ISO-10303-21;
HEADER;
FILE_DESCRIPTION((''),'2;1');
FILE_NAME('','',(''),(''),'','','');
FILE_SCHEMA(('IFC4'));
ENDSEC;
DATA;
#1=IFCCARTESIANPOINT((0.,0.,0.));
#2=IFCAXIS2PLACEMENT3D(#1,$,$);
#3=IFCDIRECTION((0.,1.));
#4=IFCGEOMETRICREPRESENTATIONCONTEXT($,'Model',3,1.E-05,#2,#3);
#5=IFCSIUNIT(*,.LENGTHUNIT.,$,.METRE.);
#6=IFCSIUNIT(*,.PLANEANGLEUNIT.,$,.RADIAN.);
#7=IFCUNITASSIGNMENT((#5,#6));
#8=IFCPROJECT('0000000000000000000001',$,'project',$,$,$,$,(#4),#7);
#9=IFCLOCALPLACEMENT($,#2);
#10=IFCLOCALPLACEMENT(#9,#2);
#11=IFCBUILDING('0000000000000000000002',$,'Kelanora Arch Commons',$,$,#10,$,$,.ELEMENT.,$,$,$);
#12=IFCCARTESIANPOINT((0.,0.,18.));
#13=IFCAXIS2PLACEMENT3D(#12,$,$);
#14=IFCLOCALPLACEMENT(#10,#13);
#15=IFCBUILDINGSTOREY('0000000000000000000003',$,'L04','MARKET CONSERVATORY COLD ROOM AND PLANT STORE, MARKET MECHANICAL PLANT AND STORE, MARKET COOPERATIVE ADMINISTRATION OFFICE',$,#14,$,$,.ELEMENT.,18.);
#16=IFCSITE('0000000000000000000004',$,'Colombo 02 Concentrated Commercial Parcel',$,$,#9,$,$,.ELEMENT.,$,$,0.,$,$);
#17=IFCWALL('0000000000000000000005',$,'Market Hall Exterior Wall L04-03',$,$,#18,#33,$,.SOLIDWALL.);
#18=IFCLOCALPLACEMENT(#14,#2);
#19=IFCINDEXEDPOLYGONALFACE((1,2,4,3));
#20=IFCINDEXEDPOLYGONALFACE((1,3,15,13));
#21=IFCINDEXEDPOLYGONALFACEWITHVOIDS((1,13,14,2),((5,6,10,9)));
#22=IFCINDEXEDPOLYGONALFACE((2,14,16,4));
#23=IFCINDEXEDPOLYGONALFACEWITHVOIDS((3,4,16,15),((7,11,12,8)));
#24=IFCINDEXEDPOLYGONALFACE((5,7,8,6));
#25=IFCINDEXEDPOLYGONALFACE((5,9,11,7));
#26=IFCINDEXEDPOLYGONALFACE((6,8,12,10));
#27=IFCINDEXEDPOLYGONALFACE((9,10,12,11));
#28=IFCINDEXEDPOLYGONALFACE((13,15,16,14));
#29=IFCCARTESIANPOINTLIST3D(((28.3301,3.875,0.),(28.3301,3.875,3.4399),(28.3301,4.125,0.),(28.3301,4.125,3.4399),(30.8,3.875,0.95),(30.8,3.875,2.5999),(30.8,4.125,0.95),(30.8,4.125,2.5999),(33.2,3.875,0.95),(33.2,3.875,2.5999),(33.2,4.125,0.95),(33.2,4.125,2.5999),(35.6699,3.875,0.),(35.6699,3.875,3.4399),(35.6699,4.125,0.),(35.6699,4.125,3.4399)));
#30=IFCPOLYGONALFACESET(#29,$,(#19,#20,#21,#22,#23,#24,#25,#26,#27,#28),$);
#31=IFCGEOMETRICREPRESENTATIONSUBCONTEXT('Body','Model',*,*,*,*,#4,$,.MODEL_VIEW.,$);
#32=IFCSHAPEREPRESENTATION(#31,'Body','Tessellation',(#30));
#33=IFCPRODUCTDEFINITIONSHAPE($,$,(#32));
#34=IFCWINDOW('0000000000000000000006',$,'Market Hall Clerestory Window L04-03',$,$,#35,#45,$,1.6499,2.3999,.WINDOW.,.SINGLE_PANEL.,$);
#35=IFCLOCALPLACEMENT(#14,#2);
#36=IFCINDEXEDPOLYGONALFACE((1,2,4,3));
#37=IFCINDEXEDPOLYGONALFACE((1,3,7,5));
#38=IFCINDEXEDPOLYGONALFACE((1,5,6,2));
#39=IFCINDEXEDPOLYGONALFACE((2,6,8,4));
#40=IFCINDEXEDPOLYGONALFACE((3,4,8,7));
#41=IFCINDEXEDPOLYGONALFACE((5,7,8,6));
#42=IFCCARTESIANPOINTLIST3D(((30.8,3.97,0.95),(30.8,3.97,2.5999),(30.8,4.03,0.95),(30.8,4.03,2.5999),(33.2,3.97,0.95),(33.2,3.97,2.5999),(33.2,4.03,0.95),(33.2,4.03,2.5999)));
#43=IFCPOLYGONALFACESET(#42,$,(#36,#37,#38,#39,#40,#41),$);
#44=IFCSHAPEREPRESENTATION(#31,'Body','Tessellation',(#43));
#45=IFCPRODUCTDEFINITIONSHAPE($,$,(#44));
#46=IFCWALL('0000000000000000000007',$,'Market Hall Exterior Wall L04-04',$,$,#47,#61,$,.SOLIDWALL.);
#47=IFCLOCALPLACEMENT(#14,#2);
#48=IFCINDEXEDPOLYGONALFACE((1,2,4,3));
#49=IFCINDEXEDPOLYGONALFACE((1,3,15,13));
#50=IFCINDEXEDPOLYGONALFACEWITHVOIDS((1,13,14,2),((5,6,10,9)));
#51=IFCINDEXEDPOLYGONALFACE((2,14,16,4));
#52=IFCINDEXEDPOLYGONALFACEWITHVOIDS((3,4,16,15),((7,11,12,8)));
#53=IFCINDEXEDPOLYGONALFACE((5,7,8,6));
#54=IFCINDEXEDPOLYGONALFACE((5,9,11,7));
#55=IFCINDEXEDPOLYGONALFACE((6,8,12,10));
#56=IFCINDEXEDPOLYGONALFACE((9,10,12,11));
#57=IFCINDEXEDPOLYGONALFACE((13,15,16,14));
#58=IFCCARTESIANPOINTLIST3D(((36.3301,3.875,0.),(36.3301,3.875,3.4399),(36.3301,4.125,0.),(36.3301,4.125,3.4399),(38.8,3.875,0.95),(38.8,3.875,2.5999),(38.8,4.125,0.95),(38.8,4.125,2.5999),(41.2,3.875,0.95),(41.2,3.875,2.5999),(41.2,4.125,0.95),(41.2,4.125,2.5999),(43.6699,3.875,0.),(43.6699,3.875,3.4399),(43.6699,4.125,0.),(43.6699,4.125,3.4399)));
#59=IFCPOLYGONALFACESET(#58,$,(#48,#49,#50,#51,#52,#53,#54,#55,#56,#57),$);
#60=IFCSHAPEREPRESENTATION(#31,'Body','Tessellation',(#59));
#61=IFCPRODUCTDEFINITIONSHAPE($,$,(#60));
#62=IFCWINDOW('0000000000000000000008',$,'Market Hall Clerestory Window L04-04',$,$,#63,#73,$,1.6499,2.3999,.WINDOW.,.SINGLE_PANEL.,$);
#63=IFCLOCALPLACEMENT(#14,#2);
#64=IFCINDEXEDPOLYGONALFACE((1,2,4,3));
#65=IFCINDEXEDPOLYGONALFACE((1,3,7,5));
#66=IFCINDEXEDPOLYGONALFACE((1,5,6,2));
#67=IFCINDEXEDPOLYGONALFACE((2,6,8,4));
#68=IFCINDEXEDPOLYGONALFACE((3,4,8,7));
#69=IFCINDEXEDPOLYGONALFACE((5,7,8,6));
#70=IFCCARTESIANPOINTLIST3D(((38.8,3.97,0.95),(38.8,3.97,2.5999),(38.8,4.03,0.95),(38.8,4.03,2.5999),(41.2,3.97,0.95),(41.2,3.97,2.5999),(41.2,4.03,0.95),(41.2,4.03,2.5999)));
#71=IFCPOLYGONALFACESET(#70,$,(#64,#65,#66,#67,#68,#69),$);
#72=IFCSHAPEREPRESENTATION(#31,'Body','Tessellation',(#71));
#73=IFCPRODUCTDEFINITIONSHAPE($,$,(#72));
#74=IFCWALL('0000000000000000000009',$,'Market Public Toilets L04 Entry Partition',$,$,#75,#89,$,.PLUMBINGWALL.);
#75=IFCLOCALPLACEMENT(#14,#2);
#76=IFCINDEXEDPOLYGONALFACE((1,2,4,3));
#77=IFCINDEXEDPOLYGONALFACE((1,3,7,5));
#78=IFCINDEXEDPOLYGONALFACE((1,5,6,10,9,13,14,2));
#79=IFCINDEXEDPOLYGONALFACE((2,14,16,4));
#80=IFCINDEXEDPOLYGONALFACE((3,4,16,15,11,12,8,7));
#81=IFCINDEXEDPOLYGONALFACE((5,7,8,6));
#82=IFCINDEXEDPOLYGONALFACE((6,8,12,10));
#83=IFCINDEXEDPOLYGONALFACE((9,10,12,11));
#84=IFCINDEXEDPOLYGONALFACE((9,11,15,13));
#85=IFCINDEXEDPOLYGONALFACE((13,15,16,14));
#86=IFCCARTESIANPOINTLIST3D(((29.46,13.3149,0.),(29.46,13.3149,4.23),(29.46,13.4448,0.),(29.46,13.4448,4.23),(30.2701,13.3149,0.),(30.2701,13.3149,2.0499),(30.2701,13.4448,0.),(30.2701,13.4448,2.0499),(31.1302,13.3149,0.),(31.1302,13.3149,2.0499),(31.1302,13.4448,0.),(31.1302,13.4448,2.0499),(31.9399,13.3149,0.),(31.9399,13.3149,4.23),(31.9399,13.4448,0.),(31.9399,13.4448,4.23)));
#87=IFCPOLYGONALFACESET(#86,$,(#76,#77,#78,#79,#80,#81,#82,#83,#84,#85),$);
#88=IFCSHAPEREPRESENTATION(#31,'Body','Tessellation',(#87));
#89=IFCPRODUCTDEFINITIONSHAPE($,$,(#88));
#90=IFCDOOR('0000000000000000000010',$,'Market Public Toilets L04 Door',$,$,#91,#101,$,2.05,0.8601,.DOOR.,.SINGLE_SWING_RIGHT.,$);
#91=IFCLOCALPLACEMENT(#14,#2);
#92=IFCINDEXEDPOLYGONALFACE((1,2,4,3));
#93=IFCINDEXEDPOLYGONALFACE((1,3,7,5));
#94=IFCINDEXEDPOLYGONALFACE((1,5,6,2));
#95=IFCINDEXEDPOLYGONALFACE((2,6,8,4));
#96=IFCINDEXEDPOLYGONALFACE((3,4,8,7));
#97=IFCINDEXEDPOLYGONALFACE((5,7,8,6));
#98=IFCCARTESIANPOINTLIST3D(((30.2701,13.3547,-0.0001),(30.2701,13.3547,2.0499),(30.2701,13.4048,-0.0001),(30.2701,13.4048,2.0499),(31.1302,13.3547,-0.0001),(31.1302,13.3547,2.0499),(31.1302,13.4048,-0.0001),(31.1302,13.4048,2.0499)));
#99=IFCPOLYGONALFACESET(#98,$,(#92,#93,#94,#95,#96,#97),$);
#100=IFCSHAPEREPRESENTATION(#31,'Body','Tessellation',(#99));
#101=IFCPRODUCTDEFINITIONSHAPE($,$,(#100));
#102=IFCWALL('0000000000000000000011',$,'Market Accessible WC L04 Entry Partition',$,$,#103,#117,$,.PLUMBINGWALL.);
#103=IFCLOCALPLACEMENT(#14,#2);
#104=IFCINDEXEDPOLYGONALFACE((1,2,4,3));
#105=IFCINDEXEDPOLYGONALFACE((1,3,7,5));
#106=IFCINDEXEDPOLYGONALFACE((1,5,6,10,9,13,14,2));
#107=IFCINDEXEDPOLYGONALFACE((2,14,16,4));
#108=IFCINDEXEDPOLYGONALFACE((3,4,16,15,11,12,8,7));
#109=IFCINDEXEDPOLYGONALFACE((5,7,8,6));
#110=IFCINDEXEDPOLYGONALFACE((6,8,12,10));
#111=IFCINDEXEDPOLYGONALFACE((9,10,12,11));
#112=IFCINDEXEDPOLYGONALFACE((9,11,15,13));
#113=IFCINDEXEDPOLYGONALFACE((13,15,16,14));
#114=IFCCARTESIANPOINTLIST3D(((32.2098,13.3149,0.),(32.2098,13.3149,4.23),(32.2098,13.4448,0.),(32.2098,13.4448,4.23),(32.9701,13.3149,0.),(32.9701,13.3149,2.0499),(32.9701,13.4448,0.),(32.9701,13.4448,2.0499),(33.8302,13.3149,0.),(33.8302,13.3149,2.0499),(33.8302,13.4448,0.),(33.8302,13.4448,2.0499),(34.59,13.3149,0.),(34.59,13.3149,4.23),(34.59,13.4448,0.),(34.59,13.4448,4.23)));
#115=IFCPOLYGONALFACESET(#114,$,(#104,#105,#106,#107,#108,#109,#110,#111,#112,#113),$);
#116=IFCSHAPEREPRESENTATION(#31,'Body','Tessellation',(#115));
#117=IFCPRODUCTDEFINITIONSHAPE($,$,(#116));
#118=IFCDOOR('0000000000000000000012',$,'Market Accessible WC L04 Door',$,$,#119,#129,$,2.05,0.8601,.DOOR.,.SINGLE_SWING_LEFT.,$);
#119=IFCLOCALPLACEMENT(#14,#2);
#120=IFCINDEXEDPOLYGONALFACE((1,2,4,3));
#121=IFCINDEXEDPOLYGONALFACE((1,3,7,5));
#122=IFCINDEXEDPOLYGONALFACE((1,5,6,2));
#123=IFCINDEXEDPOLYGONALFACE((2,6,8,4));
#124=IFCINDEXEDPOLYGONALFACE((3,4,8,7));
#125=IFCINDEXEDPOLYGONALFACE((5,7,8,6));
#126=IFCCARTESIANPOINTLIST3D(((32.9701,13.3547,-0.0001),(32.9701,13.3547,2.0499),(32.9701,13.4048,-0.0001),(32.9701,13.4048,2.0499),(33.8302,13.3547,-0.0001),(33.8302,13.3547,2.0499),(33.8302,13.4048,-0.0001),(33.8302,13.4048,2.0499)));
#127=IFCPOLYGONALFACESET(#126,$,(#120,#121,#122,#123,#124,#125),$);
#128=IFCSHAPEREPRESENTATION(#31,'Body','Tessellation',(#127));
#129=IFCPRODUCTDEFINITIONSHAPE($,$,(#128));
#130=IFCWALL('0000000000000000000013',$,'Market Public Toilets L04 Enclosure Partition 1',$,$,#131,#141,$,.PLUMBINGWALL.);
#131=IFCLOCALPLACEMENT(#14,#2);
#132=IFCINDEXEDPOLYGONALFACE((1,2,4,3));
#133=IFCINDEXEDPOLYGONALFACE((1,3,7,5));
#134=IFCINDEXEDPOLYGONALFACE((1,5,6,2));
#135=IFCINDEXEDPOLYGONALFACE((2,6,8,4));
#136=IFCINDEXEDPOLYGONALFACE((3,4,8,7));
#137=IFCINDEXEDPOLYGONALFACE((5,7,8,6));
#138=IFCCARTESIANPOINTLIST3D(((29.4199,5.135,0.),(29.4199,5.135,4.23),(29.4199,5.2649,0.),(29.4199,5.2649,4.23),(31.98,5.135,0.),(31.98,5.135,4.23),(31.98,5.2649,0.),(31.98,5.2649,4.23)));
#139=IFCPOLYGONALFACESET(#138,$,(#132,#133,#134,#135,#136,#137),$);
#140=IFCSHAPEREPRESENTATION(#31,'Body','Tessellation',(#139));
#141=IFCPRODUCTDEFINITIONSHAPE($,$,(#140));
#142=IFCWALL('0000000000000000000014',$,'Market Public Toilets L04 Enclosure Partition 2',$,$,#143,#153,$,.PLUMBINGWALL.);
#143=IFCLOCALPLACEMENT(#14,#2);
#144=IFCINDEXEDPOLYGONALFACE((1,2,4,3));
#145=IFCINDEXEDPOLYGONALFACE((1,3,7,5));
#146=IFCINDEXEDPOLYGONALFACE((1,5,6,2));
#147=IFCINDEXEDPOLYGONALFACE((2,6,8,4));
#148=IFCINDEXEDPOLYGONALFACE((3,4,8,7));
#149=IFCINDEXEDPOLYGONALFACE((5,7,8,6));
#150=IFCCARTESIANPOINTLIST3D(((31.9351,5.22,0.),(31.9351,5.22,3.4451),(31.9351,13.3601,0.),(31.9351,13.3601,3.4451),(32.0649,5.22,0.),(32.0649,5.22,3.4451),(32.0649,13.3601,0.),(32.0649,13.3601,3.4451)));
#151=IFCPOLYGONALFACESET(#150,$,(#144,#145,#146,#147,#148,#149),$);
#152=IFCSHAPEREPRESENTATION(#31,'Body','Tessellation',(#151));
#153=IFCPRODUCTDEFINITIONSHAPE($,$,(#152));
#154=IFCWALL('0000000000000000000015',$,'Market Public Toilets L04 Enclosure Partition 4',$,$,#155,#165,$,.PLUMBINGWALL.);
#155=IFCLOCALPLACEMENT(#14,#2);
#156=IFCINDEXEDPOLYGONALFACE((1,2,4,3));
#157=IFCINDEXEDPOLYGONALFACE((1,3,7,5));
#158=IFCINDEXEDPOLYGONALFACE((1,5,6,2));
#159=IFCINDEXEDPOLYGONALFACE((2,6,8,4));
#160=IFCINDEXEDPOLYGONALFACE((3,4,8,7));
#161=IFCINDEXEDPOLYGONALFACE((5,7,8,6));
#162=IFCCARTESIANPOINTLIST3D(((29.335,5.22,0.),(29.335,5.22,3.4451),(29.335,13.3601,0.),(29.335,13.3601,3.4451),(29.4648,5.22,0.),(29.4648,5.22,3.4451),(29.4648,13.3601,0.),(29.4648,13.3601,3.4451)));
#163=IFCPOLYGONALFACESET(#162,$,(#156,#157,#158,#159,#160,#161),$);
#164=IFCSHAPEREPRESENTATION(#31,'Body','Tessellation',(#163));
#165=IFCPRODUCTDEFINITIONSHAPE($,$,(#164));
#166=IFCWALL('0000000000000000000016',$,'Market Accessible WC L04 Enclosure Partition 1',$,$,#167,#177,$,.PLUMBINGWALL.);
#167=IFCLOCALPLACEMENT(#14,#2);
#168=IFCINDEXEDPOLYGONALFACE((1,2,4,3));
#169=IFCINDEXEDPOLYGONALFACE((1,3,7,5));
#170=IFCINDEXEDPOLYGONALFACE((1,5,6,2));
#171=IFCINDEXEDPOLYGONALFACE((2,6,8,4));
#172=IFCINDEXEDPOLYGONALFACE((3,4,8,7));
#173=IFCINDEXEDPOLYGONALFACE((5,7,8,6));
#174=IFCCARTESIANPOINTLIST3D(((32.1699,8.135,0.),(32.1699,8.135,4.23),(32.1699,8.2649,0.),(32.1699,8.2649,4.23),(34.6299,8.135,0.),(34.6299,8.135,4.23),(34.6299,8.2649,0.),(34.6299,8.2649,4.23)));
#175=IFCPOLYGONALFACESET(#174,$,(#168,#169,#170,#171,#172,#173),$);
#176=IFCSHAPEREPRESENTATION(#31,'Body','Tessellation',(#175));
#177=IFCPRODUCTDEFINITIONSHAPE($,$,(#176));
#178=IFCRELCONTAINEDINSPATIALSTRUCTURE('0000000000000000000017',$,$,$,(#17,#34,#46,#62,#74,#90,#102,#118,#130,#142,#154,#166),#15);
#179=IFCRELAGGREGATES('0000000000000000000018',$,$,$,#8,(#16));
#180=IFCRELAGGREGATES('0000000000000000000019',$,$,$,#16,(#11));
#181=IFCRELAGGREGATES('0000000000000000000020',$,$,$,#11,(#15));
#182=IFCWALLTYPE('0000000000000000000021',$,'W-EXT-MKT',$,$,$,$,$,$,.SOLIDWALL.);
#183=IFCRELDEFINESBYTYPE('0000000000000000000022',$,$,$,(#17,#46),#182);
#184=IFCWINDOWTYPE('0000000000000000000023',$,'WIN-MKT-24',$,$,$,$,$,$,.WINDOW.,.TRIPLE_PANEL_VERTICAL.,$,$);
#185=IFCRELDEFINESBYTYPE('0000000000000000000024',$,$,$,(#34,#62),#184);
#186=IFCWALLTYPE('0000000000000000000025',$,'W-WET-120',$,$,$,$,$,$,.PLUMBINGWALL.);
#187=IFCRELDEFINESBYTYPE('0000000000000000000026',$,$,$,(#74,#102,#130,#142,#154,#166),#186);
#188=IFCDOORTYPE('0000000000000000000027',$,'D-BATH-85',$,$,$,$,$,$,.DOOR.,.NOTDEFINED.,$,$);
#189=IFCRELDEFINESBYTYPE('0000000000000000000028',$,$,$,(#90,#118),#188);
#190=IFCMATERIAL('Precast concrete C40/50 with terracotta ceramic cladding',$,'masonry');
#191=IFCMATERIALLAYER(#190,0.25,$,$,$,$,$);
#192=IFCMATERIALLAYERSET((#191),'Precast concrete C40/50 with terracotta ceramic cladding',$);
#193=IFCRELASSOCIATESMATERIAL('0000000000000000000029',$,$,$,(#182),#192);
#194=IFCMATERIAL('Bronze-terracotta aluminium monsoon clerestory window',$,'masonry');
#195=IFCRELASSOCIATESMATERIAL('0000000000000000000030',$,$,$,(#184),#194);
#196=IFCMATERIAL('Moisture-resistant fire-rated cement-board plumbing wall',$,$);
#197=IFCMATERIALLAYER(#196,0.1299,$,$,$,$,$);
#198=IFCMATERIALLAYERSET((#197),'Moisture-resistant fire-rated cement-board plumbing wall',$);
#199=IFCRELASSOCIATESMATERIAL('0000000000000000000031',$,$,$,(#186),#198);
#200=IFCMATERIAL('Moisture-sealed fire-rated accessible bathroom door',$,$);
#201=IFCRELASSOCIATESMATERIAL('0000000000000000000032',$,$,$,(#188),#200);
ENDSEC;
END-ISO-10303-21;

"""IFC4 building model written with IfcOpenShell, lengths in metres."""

from ifc_helpers import new_model, si_unit, direction, frame, frame_2d, origin, place, context, subcontext, project, spatial, rectangle, extrude, material, layer, layer_set, type_object, element, fill, save


model = new_model("IFC4")

# Units and contexts
model_context = context("Model", 3, precision=1e-05, world=origin(), true_north=direction((0.0, 1.0)))
body_context = subcontext(model_context, "Body", "Model", "MODEL_VIEW")
ifc_project = project(units=[si_unit("LENGTHUNIT", "METRE"), si_unit("PLANEANGLEUNIT", "RADIAN")], contexts=[model_context])

# Site, building, storey
site_placement = place(None, origin())
site = spatial("IfcSite", under=ifc_project, at=site_placement, Name="Colombo 02 Concentrated Commercial Parcel", CompositionType="ELEMENT", RefElevation=0.0)
building_placement = place(site_placement, origin())
building = spatial("IfcBuilding", under=site, at=building_placement, Name="Kelanora Arch Commons", CompositionType="ELEMENT")
storey_placement = place(building_placement, frame((0.0, 0.0, 18.0)))
storey = spatial("IfcBuildingStorey", under=building, at=storey_placement, Name="L04", Description="MARKET CONSERVATORY COLD ROOM AND PLANT STORE, MARKET MECHANICAL PLANT AND STORE, MARKET COOPERATIVE ADMINISTRATION OFFICE", CompositionType="ELEMENT", Elevation=18.0)

# Walls, openings, windows
ifc_material_1 = material(Name="Precast concrete C40/50 with terracotta ceramic cladding", Category="masonry")
ifc_layer_1 = layer(ifc_material_1, 0.25)
ifc_layer_set_1 = layer_set([ifc_layer_1], Name="Precast concrete C40/50 with terracotta ceramic cladding")
wall_type_1 = type_object("IfcWallType", Name="W-EXT-MKT", PredefinedType="SOLIDWALL", material=ifc_layer_set_1)
wall_1_placement = place(storey_placement, frame((28.3301, 4.0, 0.0), z_axis=(0.0, 0.0, 1.0), x_axis=(1.0, 0.0, 0.0)))
wall_1 = element("IfcWall", 1, at=wall_1_placement, inside=storey, type_object=wall_type_1, Name="Market Hall Exterior Wall L04-03", PredefinedType="SOLIDWALL", context=body_context, shape_type="SweptSolid", body=[
    extrude(rectangle(XDim=7.3398, YDim=0.25, at=frame_2d((3.6699, 0.0))), origin(), (0.0, 0.0, 1.0), 3.4399),
])
opening_1_placement = place(wall_1_placement, frame((2.47, 0.0, 0.95)))
opening_1 = element("IfcOpeningElement", 2, at=opening_1_placement, cuts=wall_1, PredefinedType="OPENING", context=body_context, shape_type="SweptSolid", body=[
    extrude(rectangle(XDim=2.3999, YDim=1.6499, at=frame_2d((1.2, 0.825))), frame((0.0, 0.135, 0.0), z_axis=(0.0, -1.0, 0.0), x_axis=(1.0, 0.0, 0.0)), (0.0, 0.0, 1.0), 0.27),
])
ifc_material_2 = material(Name="Bronze-terracotta aluminium monsoon clerestory window", Category="masonry")
window_type = type_object("IfcWindowType", Name="WIN-MKT-24", PartitioningType="TRIPLE_PANEL_VERTICAL", PredefinedType="WINDOW", material=ifc_material_2)
window_1_placement = place(opening_1_placement, origin())
window_1 = element("IfcWindow", 3, at=window_1_placement, inside=storey, type_object=window_type, Name="Market Hall Clerestory Window L04-03", OverallHeight=1.6499, OverallWidth=2.3999, PartitioningType="SINGLE_PANEL", PredefinedType="WINDOW", context=body_context, shape_type="SweptSolid", body=[
    extrude(rectangle(XDim=2.3999, YDim=1.6499, at=frame_2d((1.2, 0.825))), frame((0.0, 0.03, 0.0), z_axis=(0.0, -1.0, 0.0), x_axis=(1.0, 0.0, 0.0)), (0.0, 0.0, 1.0), 0.0601),
])
fill(opening_1, window_1)
wall_2_placement = place(storey_placement, frame((36.3301, 4.0, 0.0), z_axis=(0.0, 0.0, 1.0), x_axis=(1.0, 0.0, 0.0)))
wall_2 = element("IfcWall", 4, at=wall_2_placement, inside=storey, type_object=wall_type_1, Name="Market Hall Exterior Wall L04-04", PredefinedType="SOLIDWALL", context=body_context, shape_type="SweptSolid", body=[
    extrude(rectangle(XDim=7.3398, YDim=0.25, at=frame_2d((3.6699, 0.0))), origin(), (0.0, 0.0, 1.0), 3.4399),
])
opening_2_placement = place(wall_2_placement, frame((2.47, 0.0, 0.95)))
opening_2 = element("IfcOpeningElement", 5, at=opening_2_placement, cuts=wall_2, PredefinedType="OPENING", context=body_context, shape_type="SweptSolid", body=[
    extrude(rectangle(XDim=2.3999, YDim=1.6499, at=frame_2d((1.2, 0.825))), frame((0.0, 0.135, 0.0), z_axis=(0.0, -1.0, 0.0), x_axis=(1.0, 0.0, 0.0)), (0.0, 0.0, 1.0), 0.27),
])
window_2_placement = place(opening_2_placement, origin())
window_2 = element("IfcWindow", 6, at=window_2_placement, inside=storey, type_object=window_type, Name="Market Hall Clerestory Window L04-04", OverallHeight=1.6499, OverallWidth=2.3999, PartitioningType="SINGLE_PANEL", PredefinedType="WINDOW", context=body_context, shape_type="SweptSolid", body=[
    extrude(rectangle(XDim=2.3999, YDim=1.6499, at=frame_2d((1.2, 0.825))), frame((0.0, 0.03, 0.0), z_axis=(0.0, -1.0, 0.0), x_axis=(1.0, 0.0, 0.0)), (0.0, 0.0, 1.0), 0.0601),
])
fill(opening_2, window_2)

# Walls, openings, doors
ifc_material_3 = material(Name="Moisture-resistant fire-rated cement-board plumbing wall")
ifc_layer_2 = layer(ifc_material_3, 0.1299)
ifc_layer_set_2 = layer_set([ifc_layer_2], Name="Moisture-resistant fire-rated cement-board plumbing wall")
wall_type_2 = type_object("IfcWallType", Name="W-WET-120", PredefinedType="PLUMBINGWALL", material=ifc_layer_set_2)
wall_3_placement = place(storey_placement, frame((29.46, 13.3799, 0.0), z_axis=(0.0, 0.0, 1.0), x_axis=(1.0, 0.0, 0.0)))
wall_3 = element("IfcWall", 7, at=wall_3_placement, inside=storey, type_object=wall_type_2, Name="Market Public Toilets L04 Entry Partition", PredefinedType="PLUMBINGWALL", context=body_context, shape_type="SweptSolid", body=[
    extrude(rectangle(XDim=2.48, YDim=0.1299, at=frame_2d((1.24, 0.0))), origin(), (0.0, 0.0, 1.0), 4.23),
])
opening_3_placement = place(wall_3_placement, frame((0.8101, 0.0, 0.0)))
opening_3 = element("IfcOpeningElement", 8, at=opening_3_placement, cuts=wall_3, PredefinedType="OPENING", context=body_context, shape_type="SweptSolid", body=[
    extrude(rectangle(XDim=0.8601, YDim=2.05, at=frame_2d((0.4302, 1.0249))), frame((0.0, 0.075, 0.0), z_axis=(0.0, -1.0, 0.0), x_axis=(1.0, 0.0, 0.0)), (0.0, 0.0, 1.0), 0.1499),
])
ifc_material_4 = material(Name="Moisture-sealed fire-rated accessible bathroom door")
door_type_1 = type_object("IfcDoorType", Name="D-BATH-85", OperationType="NOTDEFINED", PredefinedType="DOOR", material=ifc_material_4)
door_1_placement = place(opening_3_placement, origin())
door_1 = element("IfcDoor", 9, at=door_1_placement, inside=storey, type_object=door_type_1, Name="Market Public Toilets L04 Door", OperationType="SINGLE_SWING_RIGHT", OverallHeight=2.05, OverallWidth=0.8601, PredefinedType="DOOR", context=body_context, shape_type="SweptSolid", body=[
    extrude(rectangle(XDim=0.8601, YDim=2.05, at=frame_2d((0.4302, 1.0249))), frame((0.0, 0.0249, 0.0), z_axis=(0.0, -1.0, 0.0), x_axis=(1.0, 0.0, 0.0)), (0.0, 0.0, 1.0), 0.05),
])
fill(opening_3, door_1)
wall_4_placement = place(storey_placement, frame((32.21, 13.3799, 0.0), z_axis=(0.0, 0.0, 1.0), x_axis=(1.0, 0.0, 0.0)))
wall_4 = element("IfcWall", 10, at=wall_4_placement, inside=storey, type_object=wall_type_2, Name="Market Accessible WC L04 Entry Partition", PredefinedType="PLUMBINGWALL", context=body_context, shape_type="SweptSolid", body=[
    extrude(rectangle(XDim=2.3801, YDim=0.1299, at=frame_2d((1.1899, 0.0))), origin(), (0.0, 0.0, 1.0), 4.23),
])
opening_4_placement = place(wall_4_placement, frame((0.76, 0.0, 0.0)))
opening_4 = element("IfcOpeningElement", 11, at=opening_4_placement, cuts=wall_4, PredefinedType="OPENING", context=body_context, shape_type="SweptSolid", body=[
    extrude(rectangle(XDim=0.8601, YDim=2.05, at=frame_2d((0.4302, 1.0249))), frame((0.0, 0.075, 0.0), z_axis=(0.0, -1.0, 0.0), x_axis=(1.0, 0.0, 0.0)), (0.0, 0.0, 1.0), 0.1499),
])
door_2_placement = place(opening_4_placement, origin())
door_2 = element("IfcDoor", 12, at=door_2_placement, inside=storey, type_object=door_type_1, Name="Market Accessible WC L04 Door", OperationType="SINGLE_SWING_LEFT", OverallHeight=2.05, OverallWidth=0.8601, PredefinedType="DOOR", context=body_context, shape_type="SweptSolid", body=[
    extrude(rectangle(XDim=0.8601, YDim=2.05, at=frame_2d((0.4302, 1.0249))), frame((0.0, 0.0249, 0.0), z_axis=(0.0, -1.0, 0.0), x_axis=(1.0, 0.0, 0.0)), (0.0, 0.0, 1.0), 0.05),
])
fill(opening_4, door_2)

# Walls
wall_5_placement = place(storey_placement, frame((29.4199, 5.2, 0.0), z_axis=(0.0, 0.0, 1.0), x_axis=(1.0, 0.0, 0.0)))
element("IfcWall", 13, at=wall_5_placement, inside=storey, type_object=wall_type_2, Name="Market Public Toilets L04 Enclosure Partition 1", PredefinedType="PLUMBINGWALL", context=body_context, shape_type="SweptSolid", body=[
    extrude(rectangle(XDim=2.5601, YDim=0.1299, at=frame_2d((1.28, 0.0))), origin(), (0.0, 0.0, 1.0), 4.23),
])
for number, where, z_axis, x_axis, name in (
    (14, (32.0, 5.22, 0.0), (0.0, 0.0, 1.0), (0.0, 1.0, 0.0), "Market Public Toilets L04 Enclosure Partition 2"),
    (15, (29.3999, 13.3601, 0.0), (0.0, 0.0, 1.0), (0.0, -1.0, 0.0), "Market Public Toilets L04 Enclosure Partition 4"),
):
    element("IfcWall", number, at=place(storey_placement, frame(where, z_axis=z_axis, x_axis=x_axis)), inside=storey, type_object=wall_type_2, Name=name, PredefinedType="PLUMBINGWALL", context=body_context, shape_type="SweptSolid", body=[
        extrude(rectangle(XDim=8.1401, YDim=0.1299, at=frame_2d((4.0701, 0.0))), origin(), (0.0, 0.0, 1.0), 3.4451),
    ])
wall_6_placement = place(storey_placement, frame((32.1699, 8.2, 0.0), z_axis=(0.0, 0.0, 1.0), x_axis=(1.0, 0.0, 0.0)))
element("IfcWall", 16, at=wall_6_placement, inside=storey, type_object=wall_type_2, Name="Market Accessible WC L04 Enclosure Partition 1", PredefinedType="PLUMBINGWALL", context=body_context, shape_type="SweptSolid", body=[
    extrude(rectangle(XDim=2.46, YDim=0.1299, at=frame_2d((1.23, 0.0))), origin(), (0.0, 0.0, 1.0), 4.23),
])

save(model, "model.ifc")
